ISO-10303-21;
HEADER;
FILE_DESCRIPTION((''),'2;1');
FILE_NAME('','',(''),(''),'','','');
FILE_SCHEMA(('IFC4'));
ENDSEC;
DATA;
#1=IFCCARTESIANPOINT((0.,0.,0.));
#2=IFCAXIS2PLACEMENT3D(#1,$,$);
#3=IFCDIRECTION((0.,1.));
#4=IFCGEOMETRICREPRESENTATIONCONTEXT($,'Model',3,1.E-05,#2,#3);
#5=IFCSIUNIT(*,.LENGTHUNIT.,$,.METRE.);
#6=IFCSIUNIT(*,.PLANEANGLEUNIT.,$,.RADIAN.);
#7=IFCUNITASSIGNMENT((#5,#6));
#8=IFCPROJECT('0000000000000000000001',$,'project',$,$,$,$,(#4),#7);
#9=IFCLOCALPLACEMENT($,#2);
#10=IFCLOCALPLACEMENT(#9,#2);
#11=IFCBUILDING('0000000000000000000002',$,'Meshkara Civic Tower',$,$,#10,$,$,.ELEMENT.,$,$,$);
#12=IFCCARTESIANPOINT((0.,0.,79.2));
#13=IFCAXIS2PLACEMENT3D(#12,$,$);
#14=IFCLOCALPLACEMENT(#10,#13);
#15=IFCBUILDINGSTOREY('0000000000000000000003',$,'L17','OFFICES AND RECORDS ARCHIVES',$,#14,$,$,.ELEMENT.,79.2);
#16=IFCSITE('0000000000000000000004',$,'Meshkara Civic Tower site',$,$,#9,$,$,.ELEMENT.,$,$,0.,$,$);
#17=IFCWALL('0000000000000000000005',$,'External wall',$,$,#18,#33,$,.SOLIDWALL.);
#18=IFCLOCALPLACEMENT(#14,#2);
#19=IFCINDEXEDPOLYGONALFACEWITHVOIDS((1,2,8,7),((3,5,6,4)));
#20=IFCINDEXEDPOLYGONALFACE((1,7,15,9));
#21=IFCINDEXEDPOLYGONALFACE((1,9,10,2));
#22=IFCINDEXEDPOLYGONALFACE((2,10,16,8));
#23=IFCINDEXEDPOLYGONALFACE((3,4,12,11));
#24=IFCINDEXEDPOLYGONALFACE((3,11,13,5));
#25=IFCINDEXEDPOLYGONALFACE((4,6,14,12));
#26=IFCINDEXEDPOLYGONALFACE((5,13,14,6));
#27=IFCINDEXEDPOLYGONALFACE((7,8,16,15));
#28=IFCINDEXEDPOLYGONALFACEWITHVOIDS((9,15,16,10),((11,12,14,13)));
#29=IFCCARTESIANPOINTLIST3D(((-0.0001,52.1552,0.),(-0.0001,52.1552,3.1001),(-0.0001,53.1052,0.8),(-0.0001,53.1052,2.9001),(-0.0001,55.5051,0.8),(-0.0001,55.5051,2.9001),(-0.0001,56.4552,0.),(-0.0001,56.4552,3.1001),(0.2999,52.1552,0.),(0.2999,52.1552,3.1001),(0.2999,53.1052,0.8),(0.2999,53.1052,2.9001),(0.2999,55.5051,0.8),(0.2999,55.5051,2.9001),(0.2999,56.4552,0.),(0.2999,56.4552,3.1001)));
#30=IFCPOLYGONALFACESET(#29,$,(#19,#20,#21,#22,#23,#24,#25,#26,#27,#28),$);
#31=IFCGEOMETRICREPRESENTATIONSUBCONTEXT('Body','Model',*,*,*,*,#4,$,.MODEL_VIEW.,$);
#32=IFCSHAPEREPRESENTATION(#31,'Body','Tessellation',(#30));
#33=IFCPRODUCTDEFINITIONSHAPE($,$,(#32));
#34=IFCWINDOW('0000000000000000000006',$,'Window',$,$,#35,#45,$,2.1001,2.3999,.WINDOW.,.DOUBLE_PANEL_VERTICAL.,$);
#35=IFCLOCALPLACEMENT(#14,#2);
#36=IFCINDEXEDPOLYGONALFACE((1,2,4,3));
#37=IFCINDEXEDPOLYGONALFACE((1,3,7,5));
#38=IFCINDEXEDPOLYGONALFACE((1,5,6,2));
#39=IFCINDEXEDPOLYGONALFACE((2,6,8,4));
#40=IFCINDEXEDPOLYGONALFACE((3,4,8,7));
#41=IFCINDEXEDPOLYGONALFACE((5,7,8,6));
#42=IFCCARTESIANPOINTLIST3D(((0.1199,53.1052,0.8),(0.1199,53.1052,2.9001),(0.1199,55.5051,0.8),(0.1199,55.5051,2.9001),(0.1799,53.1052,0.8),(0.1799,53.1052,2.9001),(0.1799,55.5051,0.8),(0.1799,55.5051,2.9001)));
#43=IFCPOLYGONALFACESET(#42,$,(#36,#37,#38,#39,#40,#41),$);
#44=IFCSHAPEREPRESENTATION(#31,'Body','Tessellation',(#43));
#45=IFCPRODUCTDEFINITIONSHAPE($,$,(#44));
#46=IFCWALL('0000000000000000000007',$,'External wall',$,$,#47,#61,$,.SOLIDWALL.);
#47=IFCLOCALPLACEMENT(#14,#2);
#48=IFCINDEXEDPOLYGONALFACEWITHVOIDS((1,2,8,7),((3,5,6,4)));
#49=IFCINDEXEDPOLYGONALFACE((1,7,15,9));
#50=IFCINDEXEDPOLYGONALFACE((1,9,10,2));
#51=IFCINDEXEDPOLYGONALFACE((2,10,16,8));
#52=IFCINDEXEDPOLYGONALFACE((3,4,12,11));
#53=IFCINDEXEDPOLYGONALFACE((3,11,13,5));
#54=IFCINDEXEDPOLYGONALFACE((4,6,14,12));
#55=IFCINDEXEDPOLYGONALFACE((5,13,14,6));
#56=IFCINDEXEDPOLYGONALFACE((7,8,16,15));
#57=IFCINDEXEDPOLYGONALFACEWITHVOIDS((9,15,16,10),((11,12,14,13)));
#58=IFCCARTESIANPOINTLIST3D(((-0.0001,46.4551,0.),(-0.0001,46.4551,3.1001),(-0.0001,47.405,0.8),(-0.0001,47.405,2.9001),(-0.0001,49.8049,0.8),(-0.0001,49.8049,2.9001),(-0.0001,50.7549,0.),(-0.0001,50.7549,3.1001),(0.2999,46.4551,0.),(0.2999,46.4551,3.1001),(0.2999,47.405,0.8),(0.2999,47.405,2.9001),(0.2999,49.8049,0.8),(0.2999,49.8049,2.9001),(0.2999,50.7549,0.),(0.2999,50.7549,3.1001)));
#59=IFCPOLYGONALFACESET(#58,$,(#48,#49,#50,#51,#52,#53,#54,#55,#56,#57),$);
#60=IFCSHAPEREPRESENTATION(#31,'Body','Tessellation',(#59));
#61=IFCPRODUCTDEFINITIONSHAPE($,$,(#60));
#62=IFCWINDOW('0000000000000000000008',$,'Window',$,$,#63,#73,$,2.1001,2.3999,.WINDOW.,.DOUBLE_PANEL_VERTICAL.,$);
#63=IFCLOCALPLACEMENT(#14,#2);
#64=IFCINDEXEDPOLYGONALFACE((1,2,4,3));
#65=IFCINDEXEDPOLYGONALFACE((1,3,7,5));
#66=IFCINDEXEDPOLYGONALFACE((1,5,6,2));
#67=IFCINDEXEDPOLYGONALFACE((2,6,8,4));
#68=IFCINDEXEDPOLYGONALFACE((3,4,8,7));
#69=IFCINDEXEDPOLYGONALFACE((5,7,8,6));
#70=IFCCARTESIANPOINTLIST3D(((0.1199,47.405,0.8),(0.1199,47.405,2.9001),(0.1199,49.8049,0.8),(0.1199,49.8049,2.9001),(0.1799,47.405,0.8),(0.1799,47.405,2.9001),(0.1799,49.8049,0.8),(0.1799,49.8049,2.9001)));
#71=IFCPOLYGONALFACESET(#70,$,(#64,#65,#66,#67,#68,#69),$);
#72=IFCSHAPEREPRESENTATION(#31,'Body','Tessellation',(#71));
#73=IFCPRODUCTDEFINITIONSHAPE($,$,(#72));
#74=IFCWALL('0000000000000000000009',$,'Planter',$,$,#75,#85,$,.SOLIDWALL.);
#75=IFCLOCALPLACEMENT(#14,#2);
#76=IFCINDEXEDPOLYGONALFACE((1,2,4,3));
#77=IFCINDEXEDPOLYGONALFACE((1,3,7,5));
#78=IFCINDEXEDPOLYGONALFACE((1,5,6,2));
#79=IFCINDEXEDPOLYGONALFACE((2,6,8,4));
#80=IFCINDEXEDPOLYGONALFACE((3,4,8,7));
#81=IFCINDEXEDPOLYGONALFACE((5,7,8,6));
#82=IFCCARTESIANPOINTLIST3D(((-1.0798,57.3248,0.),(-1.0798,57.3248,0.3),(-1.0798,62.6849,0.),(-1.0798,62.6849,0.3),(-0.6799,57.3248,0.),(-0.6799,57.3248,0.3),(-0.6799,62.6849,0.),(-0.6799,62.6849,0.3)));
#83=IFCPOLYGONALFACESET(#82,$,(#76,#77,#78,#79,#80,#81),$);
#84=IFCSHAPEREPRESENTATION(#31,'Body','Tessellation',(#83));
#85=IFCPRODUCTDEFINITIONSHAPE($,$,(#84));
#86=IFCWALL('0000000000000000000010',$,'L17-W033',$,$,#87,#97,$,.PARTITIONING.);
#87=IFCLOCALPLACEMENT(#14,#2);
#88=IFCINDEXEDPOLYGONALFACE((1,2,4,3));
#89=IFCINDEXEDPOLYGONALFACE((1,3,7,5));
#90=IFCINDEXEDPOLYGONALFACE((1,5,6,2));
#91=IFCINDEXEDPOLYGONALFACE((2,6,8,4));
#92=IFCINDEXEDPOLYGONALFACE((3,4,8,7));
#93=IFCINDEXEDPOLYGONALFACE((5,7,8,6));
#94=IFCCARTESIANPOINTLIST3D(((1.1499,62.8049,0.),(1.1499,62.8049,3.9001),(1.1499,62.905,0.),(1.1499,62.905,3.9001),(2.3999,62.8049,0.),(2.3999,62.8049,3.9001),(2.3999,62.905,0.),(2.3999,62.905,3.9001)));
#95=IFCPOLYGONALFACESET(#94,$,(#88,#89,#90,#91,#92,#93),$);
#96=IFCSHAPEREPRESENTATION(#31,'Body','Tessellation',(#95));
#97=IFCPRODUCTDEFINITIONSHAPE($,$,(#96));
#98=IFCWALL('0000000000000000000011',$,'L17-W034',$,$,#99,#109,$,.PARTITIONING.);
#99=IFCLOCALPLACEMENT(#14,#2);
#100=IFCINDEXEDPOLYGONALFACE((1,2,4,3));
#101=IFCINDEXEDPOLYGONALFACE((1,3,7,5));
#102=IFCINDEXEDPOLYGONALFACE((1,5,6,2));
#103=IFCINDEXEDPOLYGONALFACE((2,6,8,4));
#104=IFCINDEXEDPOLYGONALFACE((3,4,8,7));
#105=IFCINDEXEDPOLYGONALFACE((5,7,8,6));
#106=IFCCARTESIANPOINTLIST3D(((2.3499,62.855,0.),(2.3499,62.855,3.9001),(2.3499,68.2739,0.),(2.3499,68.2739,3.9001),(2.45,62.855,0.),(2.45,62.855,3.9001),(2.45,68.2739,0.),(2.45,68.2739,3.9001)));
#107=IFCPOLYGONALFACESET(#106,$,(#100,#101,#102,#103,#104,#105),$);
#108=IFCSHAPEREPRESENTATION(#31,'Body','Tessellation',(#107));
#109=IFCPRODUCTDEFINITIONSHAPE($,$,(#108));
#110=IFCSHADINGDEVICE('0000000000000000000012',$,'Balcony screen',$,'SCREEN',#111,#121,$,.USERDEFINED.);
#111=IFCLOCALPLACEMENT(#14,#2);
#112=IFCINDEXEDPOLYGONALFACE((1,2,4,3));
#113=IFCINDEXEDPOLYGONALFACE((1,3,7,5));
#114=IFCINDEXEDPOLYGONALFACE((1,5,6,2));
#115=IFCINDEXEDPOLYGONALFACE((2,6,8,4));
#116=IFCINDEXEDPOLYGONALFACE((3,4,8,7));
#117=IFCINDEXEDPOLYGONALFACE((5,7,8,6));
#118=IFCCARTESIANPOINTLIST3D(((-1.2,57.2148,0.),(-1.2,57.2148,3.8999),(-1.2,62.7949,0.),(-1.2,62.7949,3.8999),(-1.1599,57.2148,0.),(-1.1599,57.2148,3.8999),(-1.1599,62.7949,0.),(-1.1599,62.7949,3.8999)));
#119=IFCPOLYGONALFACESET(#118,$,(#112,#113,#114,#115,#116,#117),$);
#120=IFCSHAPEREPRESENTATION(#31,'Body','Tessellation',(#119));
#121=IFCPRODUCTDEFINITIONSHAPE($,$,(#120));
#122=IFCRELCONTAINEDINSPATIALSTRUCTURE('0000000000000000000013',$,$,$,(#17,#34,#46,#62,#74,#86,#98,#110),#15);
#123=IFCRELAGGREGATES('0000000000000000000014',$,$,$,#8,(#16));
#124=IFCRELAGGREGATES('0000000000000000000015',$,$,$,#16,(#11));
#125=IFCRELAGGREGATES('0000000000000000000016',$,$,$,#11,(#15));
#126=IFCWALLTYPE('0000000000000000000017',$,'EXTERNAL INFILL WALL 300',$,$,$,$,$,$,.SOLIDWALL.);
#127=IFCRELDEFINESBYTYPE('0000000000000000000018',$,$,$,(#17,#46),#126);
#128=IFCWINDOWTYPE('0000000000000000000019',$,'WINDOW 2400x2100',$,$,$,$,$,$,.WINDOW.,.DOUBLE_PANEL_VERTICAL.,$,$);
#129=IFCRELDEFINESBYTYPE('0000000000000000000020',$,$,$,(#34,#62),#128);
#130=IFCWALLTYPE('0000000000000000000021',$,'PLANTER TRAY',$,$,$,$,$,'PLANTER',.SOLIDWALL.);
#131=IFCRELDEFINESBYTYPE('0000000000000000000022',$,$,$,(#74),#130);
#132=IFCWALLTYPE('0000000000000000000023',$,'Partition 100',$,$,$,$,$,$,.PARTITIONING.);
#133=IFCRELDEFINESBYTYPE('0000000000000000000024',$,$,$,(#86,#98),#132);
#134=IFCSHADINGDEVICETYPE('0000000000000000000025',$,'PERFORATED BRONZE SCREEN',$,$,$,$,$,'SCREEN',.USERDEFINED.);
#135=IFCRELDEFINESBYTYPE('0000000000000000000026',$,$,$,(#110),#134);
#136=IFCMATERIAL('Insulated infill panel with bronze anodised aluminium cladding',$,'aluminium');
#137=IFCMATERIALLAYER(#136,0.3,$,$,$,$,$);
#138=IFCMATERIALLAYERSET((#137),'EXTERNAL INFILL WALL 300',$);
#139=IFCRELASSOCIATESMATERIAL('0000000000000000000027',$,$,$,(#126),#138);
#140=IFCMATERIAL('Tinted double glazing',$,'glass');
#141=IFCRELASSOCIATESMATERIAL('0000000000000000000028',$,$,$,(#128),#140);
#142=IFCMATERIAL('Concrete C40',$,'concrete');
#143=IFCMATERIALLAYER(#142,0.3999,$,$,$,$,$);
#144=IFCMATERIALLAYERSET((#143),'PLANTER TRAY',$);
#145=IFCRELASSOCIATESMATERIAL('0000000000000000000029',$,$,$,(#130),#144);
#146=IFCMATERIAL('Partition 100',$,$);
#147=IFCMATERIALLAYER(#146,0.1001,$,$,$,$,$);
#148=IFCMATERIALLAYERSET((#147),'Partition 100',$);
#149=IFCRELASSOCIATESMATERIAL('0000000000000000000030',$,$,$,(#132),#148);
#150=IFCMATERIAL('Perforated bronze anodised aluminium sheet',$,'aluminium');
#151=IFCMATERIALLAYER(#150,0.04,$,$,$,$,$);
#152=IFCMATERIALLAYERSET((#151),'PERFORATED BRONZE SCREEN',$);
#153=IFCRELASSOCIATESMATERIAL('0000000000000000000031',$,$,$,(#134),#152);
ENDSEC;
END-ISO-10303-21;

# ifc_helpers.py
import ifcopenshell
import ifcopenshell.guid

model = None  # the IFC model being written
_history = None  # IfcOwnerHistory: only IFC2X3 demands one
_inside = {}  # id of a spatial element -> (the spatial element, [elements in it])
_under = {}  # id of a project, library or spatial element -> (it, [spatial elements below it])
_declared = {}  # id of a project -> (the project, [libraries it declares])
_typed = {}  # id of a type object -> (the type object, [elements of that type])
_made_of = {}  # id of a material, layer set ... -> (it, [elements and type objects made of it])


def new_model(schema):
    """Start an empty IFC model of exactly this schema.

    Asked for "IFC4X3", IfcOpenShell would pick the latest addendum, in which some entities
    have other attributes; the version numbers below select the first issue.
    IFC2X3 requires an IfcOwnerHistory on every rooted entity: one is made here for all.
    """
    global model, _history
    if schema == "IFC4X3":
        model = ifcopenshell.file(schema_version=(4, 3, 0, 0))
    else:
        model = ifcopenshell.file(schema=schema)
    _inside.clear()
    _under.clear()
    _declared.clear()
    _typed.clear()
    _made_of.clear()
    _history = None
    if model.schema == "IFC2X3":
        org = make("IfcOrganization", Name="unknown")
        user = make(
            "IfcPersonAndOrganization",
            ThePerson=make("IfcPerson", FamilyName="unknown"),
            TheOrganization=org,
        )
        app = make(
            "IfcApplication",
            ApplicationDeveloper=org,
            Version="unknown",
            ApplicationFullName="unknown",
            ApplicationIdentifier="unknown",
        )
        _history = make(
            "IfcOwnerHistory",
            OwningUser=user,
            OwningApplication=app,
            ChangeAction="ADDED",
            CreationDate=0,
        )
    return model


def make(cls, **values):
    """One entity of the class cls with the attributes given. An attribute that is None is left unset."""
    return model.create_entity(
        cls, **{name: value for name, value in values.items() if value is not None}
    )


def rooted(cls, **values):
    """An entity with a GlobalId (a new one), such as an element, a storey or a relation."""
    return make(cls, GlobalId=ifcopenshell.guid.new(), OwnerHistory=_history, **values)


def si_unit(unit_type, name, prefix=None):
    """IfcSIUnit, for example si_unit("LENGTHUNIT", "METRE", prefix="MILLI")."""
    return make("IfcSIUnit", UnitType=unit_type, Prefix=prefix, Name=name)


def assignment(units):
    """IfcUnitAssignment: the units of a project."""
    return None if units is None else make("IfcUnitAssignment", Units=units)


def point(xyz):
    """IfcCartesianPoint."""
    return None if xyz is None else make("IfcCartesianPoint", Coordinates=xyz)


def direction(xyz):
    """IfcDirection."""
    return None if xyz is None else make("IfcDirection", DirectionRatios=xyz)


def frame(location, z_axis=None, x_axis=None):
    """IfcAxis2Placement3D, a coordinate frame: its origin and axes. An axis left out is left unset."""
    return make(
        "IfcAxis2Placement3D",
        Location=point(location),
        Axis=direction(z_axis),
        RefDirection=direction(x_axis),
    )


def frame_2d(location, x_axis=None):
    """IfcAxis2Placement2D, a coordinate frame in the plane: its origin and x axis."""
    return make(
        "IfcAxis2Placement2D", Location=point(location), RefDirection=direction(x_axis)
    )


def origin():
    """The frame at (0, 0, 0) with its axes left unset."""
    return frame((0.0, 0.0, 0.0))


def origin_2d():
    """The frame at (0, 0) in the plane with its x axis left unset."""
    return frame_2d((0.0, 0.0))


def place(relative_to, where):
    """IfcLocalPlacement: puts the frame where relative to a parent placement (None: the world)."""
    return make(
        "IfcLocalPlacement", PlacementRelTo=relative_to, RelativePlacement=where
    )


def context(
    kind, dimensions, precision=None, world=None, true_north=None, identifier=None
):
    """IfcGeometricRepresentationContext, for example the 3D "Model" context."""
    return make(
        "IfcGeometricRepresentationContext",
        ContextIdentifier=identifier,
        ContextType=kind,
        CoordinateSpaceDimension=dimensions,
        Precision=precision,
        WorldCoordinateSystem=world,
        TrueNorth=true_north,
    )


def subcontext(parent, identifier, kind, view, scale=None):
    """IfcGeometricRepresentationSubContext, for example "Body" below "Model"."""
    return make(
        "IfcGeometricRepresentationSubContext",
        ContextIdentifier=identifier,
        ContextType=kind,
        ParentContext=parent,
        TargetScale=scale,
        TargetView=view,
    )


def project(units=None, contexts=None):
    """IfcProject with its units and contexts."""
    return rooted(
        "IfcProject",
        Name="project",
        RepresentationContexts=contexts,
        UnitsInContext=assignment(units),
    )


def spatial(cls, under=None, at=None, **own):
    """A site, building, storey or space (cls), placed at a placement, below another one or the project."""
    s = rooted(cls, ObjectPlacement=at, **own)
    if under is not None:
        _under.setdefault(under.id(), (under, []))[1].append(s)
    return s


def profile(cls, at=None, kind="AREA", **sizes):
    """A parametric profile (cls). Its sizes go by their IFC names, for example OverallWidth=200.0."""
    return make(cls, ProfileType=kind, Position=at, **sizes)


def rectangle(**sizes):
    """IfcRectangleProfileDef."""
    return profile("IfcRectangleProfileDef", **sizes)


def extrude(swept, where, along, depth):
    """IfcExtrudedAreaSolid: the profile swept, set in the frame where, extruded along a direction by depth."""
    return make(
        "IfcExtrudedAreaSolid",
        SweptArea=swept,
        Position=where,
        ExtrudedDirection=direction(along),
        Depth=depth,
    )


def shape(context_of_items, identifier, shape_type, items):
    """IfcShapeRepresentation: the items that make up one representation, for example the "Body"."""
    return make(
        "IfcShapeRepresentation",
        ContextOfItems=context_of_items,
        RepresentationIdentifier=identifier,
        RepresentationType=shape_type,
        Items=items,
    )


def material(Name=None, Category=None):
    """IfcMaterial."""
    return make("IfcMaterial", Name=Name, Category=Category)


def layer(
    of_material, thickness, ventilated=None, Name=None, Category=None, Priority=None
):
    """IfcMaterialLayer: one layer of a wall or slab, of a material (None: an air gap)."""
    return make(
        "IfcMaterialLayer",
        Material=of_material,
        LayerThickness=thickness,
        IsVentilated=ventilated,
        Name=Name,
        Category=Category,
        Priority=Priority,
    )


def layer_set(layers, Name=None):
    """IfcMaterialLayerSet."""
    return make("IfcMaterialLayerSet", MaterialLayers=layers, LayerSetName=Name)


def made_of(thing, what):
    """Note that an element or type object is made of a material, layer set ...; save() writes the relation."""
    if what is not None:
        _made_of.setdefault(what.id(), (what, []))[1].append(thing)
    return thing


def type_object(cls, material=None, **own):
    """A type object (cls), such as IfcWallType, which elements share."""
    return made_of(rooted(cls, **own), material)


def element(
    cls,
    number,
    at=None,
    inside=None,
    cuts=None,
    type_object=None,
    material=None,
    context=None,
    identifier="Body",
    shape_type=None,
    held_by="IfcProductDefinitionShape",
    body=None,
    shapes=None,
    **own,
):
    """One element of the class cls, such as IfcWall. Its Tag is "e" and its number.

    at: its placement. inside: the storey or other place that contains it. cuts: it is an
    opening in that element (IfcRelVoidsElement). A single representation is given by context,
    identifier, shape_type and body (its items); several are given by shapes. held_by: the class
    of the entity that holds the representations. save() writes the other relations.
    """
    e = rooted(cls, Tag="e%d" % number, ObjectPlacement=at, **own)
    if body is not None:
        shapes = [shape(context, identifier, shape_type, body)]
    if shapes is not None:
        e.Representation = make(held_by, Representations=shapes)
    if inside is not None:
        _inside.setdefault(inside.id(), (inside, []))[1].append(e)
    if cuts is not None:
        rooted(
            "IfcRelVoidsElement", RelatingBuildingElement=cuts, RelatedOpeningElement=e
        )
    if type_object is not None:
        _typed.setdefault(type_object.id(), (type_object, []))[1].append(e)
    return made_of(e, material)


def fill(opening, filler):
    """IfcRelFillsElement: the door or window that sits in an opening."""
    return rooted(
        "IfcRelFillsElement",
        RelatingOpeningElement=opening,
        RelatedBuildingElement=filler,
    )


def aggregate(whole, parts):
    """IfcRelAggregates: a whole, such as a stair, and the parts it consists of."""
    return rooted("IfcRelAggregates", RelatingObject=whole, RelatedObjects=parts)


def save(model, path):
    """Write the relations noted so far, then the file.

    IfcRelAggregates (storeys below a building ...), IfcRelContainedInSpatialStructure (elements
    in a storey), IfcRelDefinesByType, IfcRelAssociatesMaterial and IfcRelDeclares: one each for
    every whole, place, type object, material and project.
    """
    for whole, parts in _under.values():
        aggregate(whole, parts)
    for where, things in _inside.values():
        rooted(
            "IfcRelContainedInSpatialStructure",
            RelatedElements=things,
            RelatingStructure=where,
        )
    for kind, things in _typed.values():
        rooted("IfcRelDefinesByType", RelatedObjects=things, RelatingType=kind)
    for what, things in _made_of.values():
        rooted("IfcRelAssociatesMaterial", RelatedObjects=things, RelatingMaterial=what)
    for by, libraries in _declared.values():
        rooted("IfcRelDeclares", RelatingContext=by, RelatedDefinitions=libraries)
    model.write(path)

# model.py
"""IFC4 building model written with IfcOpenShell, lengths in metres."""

from ifc_helpers import new_model, si_unit, direction, frame, frame_2d, origin, origin_2d, place, context, subcontext, project, spatial, rectangle, extrude, material, layer, layer_set, type_object, element, fill, save


model = new_model("IFC4")

# Units and contexts
model_context = context("Model", 3, precision=1e-05, world=origin(), true_north=direction((0.0, 1.0)))
body_context = subcontext(model_context, "Body", "Model", "MODEL_VIEW")
ifc_project = project(units=[si_unit("LENGTHUNIT", "METRE"), si_unit("PLANEANGLEUNIT", "RADIAN")], contexts=[model_context])

# Site, building, storey
site_placement = place(None, origin())
site = spatial("IfcSite", under=ifc_project, at=site_placement, Name="Meshkara Civic Tower site", CompositionType="ELEMENT", RefElevation=0.0)
building_placement = place(site_placement, origin())
building = spatial("IfcBuilding", under=site, at=building_placement, Name="Meshkara Civic Tower", CompositionType="ELEMENT")
storey_placement = place(building_placement, frame((0.0, 0.0, 79.2)))
storey = spatial("IfcBuildingStorey", under=building, at=storey_placement, Name="L17", Description="OFFICES AND RECORDS ARCHIVES", CompositionType="ELEMENT", Elevation=79.2)

# Walls, openings, windows
ifc_material_1 = material(Name="Insulated infill panel with bronze anodised aluminium cladding", Category="aluminium")
ifc_layer_1 = layer(ifc_material_1, 0.3)
ifc_layer_set_1 = layer_set([ifc_layer_1], Name="EXTERNAL INFILL WALL 300")
wall_type_1 = type_object("IfcWallType", Name="EXTERNAL INFILL WALL 300", PredefinedType="SOLIDWALL", material=ifc_layer_set_1)
ifc_material_2 = material(Name="Tinted double glazing", Category="glass")
window_type = type_object("IfcWindowType", Name="WINDOW 2400x2100", PartitioningType="DOUBLE_PANEL_VERTICAL", PredefinedType="WINDOW", material=ifc_material_2)
wall_1_placement = place(storey_placement, frame((0.1499, 56.4551, 0.0), z_axis=(0.0, 0.0, 1.0), x_axis=(0.0, -1.0, 0.0)))
wall_1 = element("IfcWall", 1, at=wall_1_placement, inside=storey, type_object=wall_type_1, Name="External wall", PredefinedType="SOLIDWALL", context=body_context, shape_type="SweptSolid", body=[
    extrude(rectangle(XDim=4.3, YDim=0.3, at=frame_2d((2.1499, 0.0))), origin(), (0.0, 0.0, 1.0), 3.1001),
])
opening_1_placement = place(wall_1_placement, frame((0.95, 0.0, 0.8)))
opening_1 = element("IfcOpeningElement", 2, at=opening_1_placement, cuts=wall_1, PredefinedType="OPENING", context=body_context, shape_type="SweptSolid", body=[
    extrude(rectangle(XDim=2.3999, YDim=2.1001, at=frame_2d((1.2, 1.05))), frame((0.0, 0.1599, 0.0), z_axis=(0.0, -1.0, 0.0), x_axis=(1.0, 0.0, 0.0)), (0.0, 0.0, 1.0), 0.3201),
])
window_1_placement = place(opening_1_placement, origin())
window_1 = element("IfcWindow", 3, at=window_1_placement, inside=storey, type_object=window_type, Name="Window", OverallHeight=2.1001, OverallWidth=2.3999, PartitioningType="DOUBLE_PANEL_VERTICAL", PredefinedType="WINDOW", context=body_context, shape_type="SweptSolid", body=[
    extrude(rectangle(XDim=2.3999, YDim=2.1001, at=frame_2d((1.2, 1.05))), frame((0.0, 0.03, 0.0), z_axis=(0.0, -1.0, 0.0), x_axis=(1.0, 0.0, 0.0)), (0.0, 0.0, 1.0), 0.0601),
])
fill(opening_1, window_1)
wall_2_placement = place(storey_placement, frame((0.1499, 50.7549, 0.0), z_axis=(0.0, 0.0, 1.0), x_axis=(0.0, -1.0, 0.0)))
wall_2 = element("IfcWall", 4, at=wall_2_placement, inside=storey, type_object=wall_type_1, Name="External wall", PredefinedType="SOLIDWALL", context=body_context, shape_type="SweptSolid", body=[
    extrude(rectangle(XDim=4.2998, YDim=0.3, at=frame_2d((2.1499, 0.0))), origin(), (0.0, 0.0, 1.0), 3.1001),
])
opening_2_placement = place(wall_2_placement, frame((0.95, 0.0, 0.8)))
opening_2 = element("IfcOpeningElement", 5, at=opening_2_placement, cuts=wall_2, PredefinedType="OPENING", context=body_context, shape_type="SweptSolid", body=[
    extrude(rectangle(XDim=2.3999, YDim=2.1001, at=frame_2d((1.2, 1.05))), frame((0.0, 0.1599, 0.0), z_axis=(0.0, -1.0, 0.0), x_axis=(1.0, 0.0, 0.0)), (0.0, 0.0, 1.0), 0.3201),
])
window_2_placement = place(opening_2_placement, origin())
window_2 = element("IfcWindow", 6, at=window_2_placement, inside=storey, type_object=window_type, Name="Window", OverallHeight=2.1001, OverallWidth=2.3999, PartitioningType="DOUBLE_PANEL_VERTICAL", PredefinedType="WINDOW", context=body_context, shape_type="SweptSolid", body=[
    extrude(rectangle(XDim=2.3999, YDim=2.1001, at=frame_2d((1.2, 1.05))), frame((0.0, 0.03, 0.0), z_axis=(0.0, -1.0, 0.0), x_axis=(1.0, 0.0, 0.0)), (0.0, 0.0, 1.0), 0.0601),
])
fill(opening_2, window_2)

# Walls
ifc_material_3 = material(Name="Concrete C40", Category="concrete")
ifc_layer_2 = layer(ifc_material_3, 0.3999)
ifc_layer_set_2 = layer_set([ifc_layer_2], Name="PLANTER TRAY")
wall_type_2 = type_object("IfcWallType", Name="PLANTER TRAY", ElementType="PLANTER", PredefinedType="SOLIDWALL", material=ifc_layer_set_2)
wall_3_placement = place(storey_placement, frame((-0.8799, 62.6851, 0.0), z_axis=(0.0, 0.0, 1.0), x_axis=(0.0, -1.0, 0.0)))
element("IfcWall", 7, at=wall_3_placement, inside=storey, type_object=wall_type_2, Name="Planter", PredefinedType="SOLIDWALL", context=body_context, shape_type="SweptSolid", body=[
    extrude(rectangle(XDim=5.3601, YDim=0.3999, at=frame_2d((2.6802, 0.0))), origin(), (0.0, 0.0, 1.0), 0.3),
])
ifc_material_4 = material(Name="Partition 100")
ifc_layer_3 = layer(ifc_material_4, 0.1001)
ifc_layer_set_3 = layer_set([ifc_layer_3], Name="Partition 100")
wall_type_3 = type_object("IfcWallType", Name="Partition 100", PredefinedType="PARTITIONING", material=ifc_layer_set_3)
wall_4_placement = place(storey_placement, frame((1.1499, 62.855, 0.0), z_axis=(0.0, 0.0, 1.0), x_axis=(1.0, 0.0, 0.0)))
element("IfcWall", 8, at=wall_4_placement, inside=storey, type_object=wall_type_3, Name="L17-W033", PredefinedType="PARTITIONING", context=body_context, shape_type="SweptSolid", body=[
    extrude(rectangle(XDim=1.25, YDim=0.1001, at=frame_2d((0.625, 0.0))), origin(), (0.0, 0.0, 1.0), 3.9001),
])
wall_5_placement = place(storey_placement, frame((2.3999, 62.855, 0.0), z_axis=(0.0, 0.0, 1.0), x_axis=(0.0, 1.0, 0.0)))
element("IfcWall", 9, at=wall_5_placement, inside=storey, type_object=wall_type_3, Name="L17-W034", PredefinedType="PARTITIONING", context=body_context, shape_type="SweptSolid", body=[
    extrude(rectangle(XDim=5.4189, YDim=0.1001, at=frame_2d((2.7095, 0.0))), origin(), (0.0, 0.0, 1.0), 3.9001),
])

# Shading device
ifc_material_5 = material(Name="Perforated bronze anodised aluminium sheet", Category="aluminium")
ifc_layer_4 = layer(ifc_material_5, 0.04)
ifc_layer_set_4 = layer_set([ifc_layer_4], Name="PERFORATED BRONZE SCREEN")
shading_device_type = type_object("IfcShadingDeviceType", Name="PERFORATED BRONZE SCREEN", ElementType="SCREEN", PredefinedType="USERDEFINED", material=ifc_layer_set_4)
shading_device_placement = place(storey_placement, frame((-1.1799, 60.0049, 0.0), z_axis=(0.0, 0.0, 1.0), x_axis=(0.0, -1.0, 0.0)))
element("IfcShadingDevice", 10, at=shading_device_placement, inside=storey, type_object=shading_device_type, Name="Balcony screen", ObjectType="SCREEN", PredefinedType="USERDEFINED", context=body_context, shape_type="SweptSolid", body=[
    extrude(rectangle(XDim=5.5801, YDim=0.04, at=origin_2d()), origin(), (0.0, 0.0, 1.0), 3.8999),
])

save(model, "model.ifc")
